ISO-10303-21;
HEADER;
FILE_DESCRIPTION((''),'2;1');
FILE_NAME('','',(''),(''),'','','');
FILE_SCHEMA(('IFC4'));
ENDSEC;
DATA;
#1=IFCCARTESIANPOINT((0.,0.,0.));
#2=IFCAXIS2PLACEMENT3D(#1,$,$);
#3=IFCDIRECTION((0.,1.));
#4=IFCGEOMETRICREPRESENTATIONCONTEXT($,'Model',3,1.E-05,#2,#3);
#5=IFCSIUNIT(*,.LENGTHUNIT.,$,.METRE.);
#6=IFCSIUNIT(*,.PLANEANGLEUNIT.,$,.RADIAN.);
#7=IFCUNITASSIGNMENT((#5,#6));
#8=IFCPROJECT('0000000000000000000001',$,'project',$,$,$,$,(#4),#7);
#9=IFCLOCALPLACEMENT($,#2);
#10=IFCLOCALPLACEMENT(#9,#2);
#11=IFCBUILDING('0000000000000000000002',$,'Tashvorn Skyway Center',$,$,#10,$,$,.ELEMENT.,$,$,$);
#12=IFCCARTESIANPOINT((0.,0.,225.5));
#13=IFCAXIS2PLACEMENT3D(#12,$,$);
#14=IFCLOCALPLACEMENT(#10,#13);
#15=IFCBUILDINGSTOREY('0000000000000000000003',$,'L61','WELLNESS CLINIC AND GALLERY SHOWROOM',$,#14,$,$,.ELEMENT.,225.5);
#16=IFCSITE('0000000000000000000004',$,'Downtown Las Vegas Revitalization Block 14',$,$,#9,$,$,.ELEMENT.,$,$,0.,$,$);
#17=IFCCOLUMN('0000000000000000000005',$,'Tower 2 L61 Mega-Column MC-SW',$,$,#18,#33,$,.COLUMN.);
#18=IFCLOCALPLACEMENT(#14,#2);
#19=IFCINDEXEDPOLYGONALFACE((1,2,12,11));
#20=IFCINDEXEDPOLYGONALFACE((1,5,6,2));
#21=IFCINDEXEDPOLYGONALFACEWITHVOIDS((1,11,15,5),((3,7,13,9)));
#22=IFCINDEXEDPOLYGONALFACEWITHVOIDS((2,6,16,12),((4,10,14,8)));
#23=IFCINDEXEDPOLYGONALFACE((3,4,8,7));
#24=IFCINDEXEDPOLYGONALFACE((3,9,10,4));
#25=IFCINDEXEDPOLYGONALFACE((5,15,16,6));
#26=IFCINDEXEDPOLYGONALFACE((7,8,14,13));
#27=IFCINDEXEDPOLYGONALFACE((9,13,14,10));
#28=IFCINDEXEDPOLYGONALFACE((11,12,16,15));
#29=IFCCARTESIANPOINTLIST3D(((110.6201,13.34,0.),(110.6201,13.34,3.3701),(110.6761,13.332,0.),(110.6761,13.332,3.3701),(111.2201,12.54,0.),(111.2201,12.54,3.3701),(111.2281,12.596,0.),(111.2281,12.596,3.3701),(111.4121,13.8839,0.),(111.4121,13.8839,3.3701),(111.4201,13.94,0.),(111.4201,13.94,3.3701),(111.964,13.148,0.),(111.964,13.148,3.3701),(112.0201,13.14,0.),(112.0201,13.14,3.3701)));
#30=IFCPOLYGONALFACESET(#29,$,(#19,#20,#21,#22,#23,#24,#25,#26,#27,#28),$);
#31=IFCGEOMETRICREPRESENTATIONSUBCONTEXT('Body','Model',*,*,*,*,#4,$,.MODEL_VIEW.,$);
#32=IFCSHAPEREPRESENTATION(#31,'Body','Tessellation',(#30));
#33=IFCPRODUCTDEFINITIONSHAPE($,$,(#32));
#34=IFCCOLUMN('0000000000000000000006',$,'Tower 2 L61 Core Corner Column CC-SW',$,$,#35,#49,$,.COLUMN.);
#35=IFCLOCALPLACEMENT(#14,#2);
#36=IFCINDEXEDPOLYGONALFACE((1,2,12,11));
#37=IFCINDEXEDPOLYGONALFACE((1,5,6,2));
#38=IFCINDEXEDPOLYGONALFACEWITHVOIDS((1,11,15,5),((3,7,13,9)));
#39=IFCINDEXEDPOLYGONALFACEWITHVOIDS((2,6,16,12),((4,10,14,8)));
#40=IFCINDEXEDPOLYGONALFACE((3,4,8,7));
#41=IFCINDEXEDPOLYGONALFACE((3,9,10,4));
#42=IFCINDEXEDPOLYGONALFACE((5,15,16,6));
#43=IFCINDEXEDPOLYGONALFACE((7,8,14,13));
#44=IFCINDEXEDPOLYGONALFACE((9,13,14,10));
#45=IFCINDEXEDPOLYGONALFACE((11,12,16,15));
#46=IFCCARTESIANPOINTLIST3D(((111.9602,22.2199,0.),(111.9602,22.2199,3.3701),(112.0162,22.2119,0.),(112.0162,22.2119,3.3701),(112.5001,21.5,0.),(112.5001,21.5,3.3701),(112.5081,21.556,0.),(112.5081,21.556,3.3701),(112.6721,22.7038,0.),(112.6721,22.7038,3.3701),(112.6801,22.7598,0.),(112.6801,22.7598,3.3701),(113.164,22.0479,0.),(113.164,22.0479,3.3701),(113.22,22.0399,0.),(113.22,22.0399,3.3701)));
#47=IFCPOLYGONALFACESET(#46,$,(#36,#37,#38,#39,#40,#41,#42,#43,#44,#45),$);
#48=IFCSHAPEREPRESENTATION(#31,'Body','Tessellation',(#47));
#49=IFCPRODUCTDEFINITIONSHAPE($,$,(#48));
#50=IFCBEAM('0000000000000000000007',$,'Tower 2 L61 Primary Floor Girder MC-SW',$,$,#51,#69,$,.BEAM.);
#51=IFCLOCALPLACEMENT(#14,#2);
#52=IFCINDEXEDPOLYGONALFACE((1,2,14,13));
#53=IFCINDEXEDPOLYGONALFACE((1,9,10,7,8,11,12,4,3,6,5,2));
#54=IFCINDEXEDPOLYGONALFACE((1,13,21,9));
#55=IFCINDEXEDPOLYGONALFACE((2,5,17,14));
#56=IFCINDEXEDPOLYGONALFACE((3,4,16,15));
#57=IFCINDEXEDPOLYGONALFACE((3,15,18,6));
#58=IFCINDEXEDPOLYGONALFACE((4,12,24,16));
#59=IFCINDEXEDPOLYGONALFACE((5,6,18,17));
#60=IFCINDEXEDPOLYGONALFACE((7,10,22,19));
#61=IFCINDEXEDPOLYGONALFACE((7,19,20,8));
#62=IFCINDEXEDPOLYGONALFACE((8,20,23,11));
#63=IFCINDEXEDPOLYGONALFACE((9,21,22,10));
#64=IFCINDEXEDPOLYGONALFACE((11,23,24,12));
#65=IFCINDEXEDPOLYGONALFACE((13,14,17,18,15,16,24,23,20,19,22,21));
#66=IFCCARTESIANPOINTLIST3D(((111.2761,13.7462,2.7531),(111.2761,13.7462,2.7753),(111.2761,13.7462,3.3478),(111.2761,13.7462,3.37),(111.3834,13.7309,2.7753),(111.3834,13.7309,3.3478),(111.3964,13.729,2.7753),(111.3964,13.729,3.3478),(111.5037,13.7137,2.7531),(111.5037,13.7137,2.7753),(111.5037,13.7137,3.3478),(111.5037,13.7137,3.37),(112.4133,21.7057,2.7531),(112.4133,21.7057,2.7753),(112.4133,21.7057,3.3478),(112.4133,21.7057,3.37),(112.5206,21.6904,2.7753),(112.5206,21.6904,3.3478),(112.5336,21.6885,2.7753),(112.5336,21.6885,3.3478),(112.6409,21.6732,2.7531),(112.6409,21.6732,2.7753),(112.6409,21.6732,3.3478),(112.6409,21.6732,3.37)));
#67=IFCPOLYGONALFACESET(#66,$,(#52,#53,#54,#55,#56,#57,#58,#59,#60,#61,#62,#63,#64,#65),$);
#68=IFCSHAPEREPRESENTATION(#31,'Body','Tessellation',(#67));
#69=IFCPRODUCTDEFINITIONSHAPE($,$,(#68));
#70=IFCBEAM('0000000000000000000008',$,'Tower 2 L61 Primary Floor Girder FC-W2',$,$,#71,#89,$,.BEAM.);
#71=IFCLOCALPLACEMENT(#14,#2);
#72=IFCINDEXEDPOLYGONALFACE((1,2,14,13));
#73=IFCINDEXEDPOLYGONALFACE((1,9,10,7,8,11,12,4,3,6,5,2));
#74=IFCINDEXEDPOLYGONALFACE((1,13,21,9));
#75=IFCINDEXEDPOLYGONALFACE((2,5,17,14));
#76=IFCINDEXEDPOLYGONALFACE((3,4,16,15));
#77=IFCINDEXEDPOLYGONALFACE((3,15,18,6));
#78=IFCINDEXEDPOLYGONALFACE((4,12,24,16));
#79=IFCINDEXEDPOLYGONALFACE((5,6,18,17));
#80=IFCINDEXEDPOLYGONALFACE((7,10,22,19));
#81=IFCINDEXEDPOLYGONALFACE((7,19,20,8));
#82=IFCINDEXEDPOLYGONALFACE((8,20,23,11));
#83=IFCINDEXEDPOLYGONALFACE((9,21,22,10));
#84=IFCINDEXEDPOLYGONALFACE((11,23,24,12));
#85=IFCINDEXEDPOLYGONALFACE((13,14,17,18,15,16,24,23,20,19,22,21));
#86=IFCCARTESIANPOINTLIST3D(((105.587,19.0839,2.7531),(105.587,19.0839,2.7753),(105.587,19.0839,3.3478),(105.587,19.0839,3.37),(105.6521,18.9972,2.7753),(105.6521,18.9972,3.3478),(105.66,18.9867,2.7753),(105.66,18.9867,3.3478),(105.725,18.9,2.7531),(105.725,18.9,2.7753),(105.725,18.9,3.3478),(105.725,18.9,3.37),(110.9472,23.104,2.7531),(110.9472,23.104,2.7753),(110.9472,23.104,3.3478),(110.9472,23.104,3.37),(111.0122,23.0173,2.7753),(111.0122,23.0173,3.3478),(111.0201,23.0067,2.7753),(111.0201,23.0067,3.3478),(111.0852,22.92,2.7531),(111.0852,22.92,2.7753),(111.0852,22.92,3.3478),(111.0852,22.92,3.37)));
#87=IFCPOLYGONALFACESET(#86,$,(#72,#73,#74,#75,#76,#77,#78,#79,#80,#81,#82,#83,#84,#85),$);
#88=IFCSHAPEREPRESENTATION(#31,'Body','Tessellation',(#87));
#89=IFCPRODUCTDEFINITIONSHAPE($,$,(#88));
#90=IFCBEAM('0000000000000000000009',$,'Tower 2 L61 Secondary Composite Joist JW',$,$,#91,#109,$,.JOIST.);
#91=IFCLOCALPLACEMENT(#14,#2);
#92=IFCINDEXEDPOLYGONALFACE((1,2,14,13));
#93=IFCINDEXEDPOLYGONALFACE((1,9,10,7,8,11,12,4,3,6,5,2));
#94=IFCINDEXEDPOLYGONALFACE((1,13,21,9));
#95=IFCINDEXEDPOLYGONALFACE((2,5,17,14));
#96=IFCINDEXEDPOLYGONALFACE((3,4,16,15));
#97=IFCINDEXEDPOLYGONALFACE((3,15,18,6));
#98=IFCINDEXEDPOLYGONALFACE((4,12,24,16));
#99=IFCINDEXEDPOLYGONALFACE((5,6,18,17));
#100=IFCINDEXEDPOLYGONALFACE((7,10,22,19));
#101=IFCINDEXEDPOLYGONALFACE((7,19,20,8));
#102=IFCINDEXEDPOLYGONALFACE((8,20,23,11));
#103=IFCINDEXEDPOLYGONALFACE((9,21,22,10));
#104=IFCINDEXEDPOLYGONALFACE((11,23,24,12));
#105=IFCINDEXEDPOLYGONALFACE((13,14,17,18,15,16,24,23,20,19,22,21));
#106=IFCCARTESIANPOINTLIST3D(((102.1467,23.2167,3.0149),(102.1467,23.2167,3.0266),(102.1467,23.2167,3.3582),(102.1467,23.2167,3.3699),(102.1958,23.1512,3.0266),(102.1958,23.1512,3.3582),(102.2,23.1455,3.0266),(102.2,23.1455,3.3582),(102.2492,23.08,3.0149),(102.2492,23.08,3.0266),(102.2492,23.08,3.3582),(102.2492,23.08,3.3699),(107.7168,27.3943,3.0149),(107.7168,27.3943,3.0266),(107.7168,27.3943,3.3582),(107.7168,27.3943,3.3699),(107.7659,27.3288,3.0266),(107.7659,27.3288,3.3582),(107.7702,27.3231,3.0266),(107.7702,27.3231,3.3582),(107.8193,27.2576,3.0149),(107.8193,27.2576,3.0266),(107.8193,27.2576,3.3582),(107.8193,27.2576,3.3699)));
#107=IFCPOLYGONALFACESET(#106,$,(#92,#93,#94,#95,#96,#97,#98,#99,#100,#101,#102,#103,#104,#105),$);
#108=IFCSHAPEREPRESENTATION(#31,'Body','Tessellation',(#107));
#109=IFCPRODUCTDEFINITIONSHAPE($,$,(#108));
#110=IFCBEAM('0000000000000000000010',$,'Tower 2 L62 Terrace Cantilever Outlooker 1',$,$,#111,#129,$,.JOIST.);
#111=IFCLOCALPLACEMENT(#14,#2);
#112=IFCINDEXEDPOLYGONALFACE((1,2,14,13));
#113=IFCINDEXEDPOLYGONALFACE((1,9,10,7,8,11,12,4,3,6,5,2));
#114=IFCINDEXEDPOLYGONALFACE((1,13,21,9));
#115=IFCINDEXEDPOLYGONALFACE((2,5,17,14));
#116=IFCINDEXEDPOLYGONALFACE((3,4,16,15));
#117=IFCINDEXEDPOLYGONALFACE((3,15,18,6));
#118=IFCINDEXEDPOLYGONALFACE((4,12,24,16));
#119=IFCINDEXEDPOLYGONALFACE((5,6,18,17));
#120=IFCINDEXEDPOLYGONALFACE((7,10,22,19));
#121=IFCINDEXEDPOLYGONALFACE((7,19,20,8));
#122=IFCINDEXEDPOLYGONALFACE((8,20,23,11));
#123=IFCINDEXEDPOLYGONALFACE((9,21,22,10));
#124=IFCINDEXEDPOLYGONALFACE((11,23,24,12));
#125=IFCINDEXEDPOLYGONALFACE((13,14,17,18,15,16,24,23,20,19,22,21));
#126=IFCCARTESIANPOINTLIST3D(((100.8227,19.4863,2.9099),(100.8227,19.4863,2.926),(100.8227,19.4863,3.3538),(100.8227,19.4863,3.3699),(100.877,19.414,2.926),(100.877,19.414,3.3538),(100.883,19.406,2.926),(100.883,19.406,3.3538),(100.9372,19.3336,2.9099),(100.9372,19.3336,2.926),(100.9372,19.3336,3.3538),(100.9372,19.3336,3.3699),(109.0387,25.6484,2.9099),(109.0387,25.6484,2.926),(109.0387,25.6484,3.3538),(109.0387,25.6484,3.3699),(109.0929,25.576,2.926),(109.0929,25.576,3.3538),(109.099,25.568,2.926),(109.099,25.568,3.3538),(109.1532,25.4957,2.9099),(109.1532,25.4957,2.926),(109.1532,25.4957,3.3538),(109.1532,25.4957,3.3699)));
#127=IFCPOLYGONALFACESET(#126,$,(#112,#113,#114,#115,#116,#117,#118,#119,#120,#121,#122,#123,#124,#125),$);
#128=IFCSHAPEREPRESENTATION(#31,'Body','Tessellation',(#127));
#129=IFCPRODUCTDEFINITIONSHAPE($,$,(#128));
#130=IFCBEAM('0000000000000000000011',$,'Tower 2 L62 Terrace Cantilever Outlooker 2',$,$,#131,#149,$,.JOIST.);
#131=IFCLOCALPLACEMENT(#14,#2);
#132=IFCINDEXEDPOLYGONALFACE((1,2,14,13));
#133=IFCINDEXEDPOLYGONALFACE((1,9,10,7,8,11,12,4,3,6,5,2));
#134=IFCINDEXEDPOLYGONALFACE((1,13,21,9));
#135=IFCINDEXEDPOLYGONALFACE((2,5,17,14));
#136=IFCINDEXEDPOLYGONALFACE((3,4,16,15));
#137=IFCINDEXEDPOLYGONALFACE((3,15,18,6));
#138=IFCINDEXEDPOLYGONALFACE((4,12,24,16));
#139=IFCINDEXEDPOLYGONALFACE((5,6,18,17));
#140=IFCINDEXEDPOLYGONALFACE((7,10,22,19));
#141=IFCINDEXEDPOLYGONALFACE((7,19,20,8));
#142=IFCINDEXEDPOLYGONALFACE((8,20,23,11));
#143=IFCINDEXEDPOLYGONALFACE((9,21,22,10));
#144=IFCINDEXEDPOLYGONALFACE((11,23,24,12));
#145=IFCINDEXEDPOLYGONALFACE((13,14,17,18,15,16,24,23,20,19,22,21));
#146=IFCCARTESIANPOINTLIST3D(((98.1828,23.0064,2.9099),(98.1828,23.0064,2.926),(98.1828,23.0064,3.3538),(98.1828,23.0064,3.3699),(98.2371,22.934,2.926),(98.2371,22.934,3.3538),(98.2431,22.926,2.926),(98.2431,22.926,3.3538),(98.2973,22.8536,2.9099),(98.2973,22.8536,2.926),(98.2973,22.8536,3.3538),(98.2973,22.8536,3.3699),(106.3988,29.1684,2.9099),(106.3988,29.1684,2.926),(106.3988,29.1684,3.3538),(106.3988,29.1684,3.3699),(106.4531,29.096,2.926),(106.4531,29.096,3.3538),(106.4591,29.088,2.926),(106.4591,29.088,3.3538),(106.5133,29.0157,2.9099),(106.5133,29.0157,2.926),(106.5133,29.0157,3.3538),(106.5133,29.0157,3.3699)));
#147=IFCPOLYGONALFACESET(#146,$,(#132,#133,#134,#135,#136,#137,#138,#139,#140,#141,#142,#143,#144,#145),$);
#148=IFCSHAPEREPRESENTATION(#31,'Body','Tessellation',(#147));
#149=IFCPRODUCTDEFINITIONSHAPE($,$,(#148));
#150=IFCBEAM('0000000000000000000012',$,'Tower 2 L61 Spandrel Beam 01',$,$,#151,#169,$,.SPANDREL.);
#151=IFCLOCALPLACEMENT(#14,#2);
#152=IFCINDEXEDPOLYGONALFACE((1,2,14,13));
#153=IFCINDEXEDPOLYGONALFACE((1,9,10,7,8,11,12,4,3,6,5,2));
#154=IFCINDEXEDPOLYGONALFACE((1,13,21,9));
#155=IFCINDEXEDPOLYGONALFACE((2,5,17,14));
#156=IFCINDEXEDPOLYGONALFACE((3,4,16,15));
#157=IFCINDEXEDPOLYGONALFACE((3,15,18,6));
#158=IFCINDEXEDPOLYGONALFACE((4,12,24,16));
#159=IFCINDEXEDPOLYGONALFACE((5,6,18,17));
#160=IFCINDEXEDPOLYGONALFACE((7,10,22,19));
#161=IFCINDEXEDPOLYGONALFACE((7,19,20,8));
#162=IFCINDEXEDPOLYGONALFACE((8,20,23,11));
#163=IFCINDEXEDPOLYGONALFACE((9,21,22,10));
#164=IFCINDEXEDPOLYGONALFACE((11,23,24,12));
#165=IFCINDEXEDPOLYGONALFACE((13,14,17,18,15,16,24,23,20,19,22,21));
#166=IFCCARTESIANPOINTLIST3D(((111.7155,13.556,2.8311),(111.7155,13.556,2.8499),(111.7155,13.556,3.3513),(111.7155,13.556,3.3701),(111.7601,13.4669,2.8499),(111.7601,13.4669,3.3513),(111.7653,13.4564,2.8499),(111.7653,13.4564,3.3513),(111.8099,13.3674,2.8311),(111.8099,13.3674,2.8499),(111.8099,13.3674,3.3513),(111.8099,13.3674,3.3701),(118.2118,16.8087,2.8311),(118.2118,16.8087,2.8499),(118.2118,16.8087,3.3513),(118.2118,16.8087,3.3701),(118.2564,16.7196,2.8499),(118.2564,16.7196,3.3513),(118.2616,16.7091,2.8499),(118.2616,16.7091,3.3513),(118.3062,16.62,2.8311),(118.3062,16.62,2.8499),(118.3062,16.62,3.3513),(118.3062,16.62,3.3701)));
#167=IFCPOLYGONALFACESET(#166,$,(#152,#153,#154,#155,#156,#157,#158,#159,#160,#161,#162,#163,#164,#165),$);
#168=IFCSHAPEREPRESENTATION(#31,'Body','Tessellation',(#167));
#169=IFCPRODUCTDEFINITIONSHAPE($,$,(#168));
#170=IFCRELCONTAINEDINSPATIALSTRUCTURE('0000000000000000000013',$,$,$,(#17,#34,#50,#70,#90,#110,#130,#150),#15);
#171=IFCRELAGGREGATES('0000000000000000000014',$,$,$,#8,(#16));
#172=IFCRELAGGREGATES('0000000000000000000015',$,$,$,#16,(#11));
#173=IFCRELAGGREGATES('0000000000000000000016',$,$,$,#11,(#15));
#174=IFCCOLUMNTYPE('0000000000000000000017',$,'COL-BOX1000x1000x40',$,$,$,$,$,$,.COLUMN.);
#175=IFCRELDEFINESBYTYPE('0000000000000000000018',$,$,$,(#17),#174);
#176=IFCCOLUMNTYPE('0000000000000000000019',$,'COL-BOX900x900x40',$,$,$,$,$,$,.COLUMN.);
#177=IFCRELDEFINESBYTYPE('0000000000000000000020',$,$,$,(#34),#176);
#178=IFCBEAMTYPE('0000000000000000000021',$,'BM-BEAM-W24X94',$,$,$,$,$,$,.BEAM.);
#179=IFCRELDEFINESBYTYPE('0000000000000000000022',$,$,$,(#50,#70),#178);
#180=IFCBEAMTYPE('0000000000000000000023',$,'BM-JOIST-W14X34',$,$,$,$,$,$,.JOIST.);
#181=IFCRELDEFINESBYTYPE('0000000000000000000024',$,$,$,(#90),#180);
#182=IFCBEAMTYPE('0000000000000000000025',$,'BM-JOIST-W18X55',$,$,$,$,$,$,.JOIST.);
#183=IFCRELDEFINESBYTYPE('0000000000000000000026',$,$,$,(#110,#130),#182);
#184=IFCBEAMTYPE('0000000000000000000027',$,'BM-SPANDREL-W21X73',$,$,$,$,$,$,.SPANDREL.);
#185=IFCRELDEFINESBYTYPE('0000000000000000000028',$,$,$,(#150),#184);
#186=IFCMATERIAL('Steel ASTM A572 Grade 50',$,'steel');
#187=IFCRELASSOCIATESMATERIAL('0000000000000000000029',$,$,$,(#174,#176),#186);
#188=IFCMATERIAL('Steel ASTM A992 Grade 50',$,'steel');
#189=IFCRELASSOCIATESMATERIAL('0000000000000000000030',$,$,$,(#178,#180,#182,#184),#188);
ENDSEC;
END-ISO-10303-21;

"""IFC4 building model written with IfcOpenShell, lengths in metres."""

from ifc_helpers import new_model, si_unit, direction, frame, origin, origin_2d, place, context, subcontext, project, spatial, hollow_rectangle, i_section, extrude, material, material_profile, profile_set, type_object, element, save


model = new_model("IFC4")

# Units and contexts
model_context = context("Model", 3, precision=1e-05, world=origin(), true_north=direction((0.0, 1.0)))
body_context = subcontext(model_context, "Body", "Model", "MODEL_VIEW")
ifc_project = project(units=[si_unit("LENGTHUNIT", "METRE"), si_unit("PLANEANGLEUNIT", "RADIAN")], contexts=[model_context])

# Site, building, storey
site_placement = place(None, origin())
site = spatial("IfcSite", under=ifc_project, at=site_placement, Name="Downtown Las Vegas Revitalization Block 14", CompositionType="ELEMENT", RefElevation=0.0)
building_placement = place(site_placement, origin())
building = spatial("IfcBuilding", under=site, at=building_placement, Name="Tashvorn Skyway Center", CompositionType="ELEMENT")
storey_placement = place(building_placement, frame((0.0, 0.0, 225.5)))
storey = spatial("IfcBuildingStorey", under=building, at=storey_placement, Name="L61", Description="WELLNESS CLINIC AND GALLERY SHOWROOM", CompositionType="ELEMENT", Elevation=225.5)

# Columns
ifc_material_1 = material(Name="Steel ASTM A572 Grade 50", Category="steel")
ifc_material_profile_1 = material_profile(ifc_material_1, hollow_rectangle(XDim=1.0, YDim=1.0, WallThickness=0.04, at=origin_2d()), Name="BOX1000x1000x40")
ifc_profile_set_1 = profile_set([ifc_material_profile_1], Name="Steel ASTM A572 Grade 50")
column_type_1 = type_object("IfcColumnType", Name="COL-BOX1000x1000x40", PredefinedType="COLUMN", material=ifc_profile_set_1)
column_1_placement = place(storey_placement, frame((111.3201, 13.24, 0.0), z_axis=(0.0, 0.0, 1.0), x_axis=(0.8, 0.6, 0.0)))
element("IfcColumn", 1, at=column_1_placement, inside=storey, type_object=column_type_1, Name="Tower 2 L61 Mega-Column MC-SW", PredefinedType="COLUMN", context=body_context, shape_type="SweptSolid", body=[
    extrude(hollow_rectangle(XDim=1.0, YDim=1.0, WallThickness=0.04, at=origin_2d()), origin(), (0.0, 0.0, 1.0), 3.3701),
])
ifc_material_profile_2 = material_profile(ifc_material_1, hollow_rectangle(XDim=0.8999, YDim=0.8999, WallThickness=0.04, at=origin_2d()), Name="BOX900x900x40")
ifc_profile_set_2 = profile_set([ifc_material_profile_2], Name="Steel ASTM A572 Grade 50")
column_type_2 = type_object("IfcColumnType", Name="COL-BOX900x900x40", PredefinedType="COLUMN", material=ifc_profile_set_2)
column_2_placement = place(storey_placement, frame((112.5901, 22.1299, 0.0), z_axis=(0.0, 0.0, 1.0), x_axis=(0.8, 0.6, 0.0)))
element("IfcColumn", 2, at=column_2_placement, inside=storey, type_object=column_type_2, Name="Tower 2 L61 Core Corner Column CC-SW", PredefinedType="COLUMN", context=body_context, shape_type="SweptSolid", body=[
    extrude(hollow_rectangle(XDim=0.8999, YDim=0.8999, WallThickness=0.04, at=origin_2d()), origin(), (0.0, 0.0, 1.0), 3.3701),
])

# Beams
ifc_material_2 = material(Name="Steel ASTM A992 Grade 50", Category="steel")
ifc_material_profile_3 = material_profile(ifc_material_2, i_section(OverallWidth=0.23, OverallDepth=0.6169, WebThickness=0.0132, FlangeThickness=0.0222, at=origin_2d()), Name="W24X94")
ifc_profile_set_3 = profile_set([ifc_material_profile_3], Name="Steel ASTM A992 Grade 50")
beam_type_1 = type_object("IfcBeamType", Name="BM-BEAM-W24X94", PredefinedType="BEAM", material=ifc_profile_set_3)
beam_1_placement = place(storey_placement, frame((111.3899, 13.73, 3.0615), z_axis=(0.141438, 0.989947, 0.0), x_axis=(-0.989947, 0.141438, 0.0)))
element("IfcBeam", 3, at=beam_1_placement, inside=storey, type_object=beam_type_1, Name="Tower 2 L61 Primary Floor Girder MC-SW", PredefinedType="BEAM", context=body_context, shape_type="SweptSolid", body=[
    extrude(i_section(OverallWidth=0.23, OverallDepth=0.6169, WebThickness=0.0132, FlangeThickness=0.0222, at=origin_2d()), origin(), (0.0, 0.0, 1.0), 8.0403),
])
beam_2_placement = place(storey_placement, frame((105.656, 18.9919, 3.0615), z_axis=(0.800004, 0.599994, 0.0), x_axis=(-0.599994, 0.800004, 0.0)))
element("IfcBeam", 4, at=beam_2_placement, inside=storey, type_object=beam_type_1, Name="Tower 2 L61 Primary Floor Girder FC-W2", PredefinedType="BEAM", context=body_context, shape_type="SweptSolid", body=[
    extrude(i_section(OverallWidth=0.23, OverallDepth=0.6169, WebThickness=0.0132, FlangeThickness=0.0222, at=origin_2d()), origin(), (0.0, 0.0, 1.0), 6.7002),
])
ifc_material_profile_4 = material_profile(ifc_material_2, i_section(OverallWidth=0.1709, OverallDepth=0.355, WebThickness=0.0071, FlangeThickness=0.0117, at=origin_2d()), Name="W14X34")
ifc_profile_set_4 = profile_set([ifc_material_profile_4], Name="Steel ASTM A992 Grade 50")
beam_type_2 = type_object("IfcBeamType", Name="BM-JOIST-W14X34", PredefinedType="JOIST", material=ifc_profile_set_4)
beam_3_placement = place(storey_placement, frame((107.7681, 27.3259, 3.1924), z_axis=(-0.800004, -0.599994, 0.0), x_axis=(0.599994, -0.800004, 0.0)))
element("IfcBeam", 5, at=beam_3_placement, inside=storey, type_object=beam_type_2, Name="Tower 2 L61 Secondary Composite Joist JW", PredefinedType="JOIST", context=body_context, shape_type="SweptSolid", body=[
    extrude(i_section(OverallWidth=0.1709, OverallDepth=0.355, WebThickness=0.0071, FlangeThickness=0.0117, at=origin_2d()), origin(), (0.0, 0.0, 1.0), 6.9626),
])
ifc_material_profile_5 = material_profile(ifc_material_2, i_section(OverallWidth=0.1909, OverallDepth=0.46, WebThickness=0.01, FlangeThickness=0.0161, at=origin_2d()), Name="W18X55")
ifc_profile_set_5 = profile_set([ifc_material_profile_5], Name="Steel ASTM A992 Grade 50")
beam_type_3 = type_object("IfcBeamType", Name="BM-JOIST-W18X55", PredefinedType="JOIST", material=ifc_profile_set_5)
for number, where, z_axis, x_axis, name in (
    (6, (109.0959, 25.572, 3.1399), (-0.799997, -0.600004, 0.0), (0.600004, -0.799997, 0.0), "Tower 2 L62 Terrace Cantilever Outlooker 1"),
    (7, (106.4561, 29.092, 3.1399), (-0.799997, -0.600004, 0.0), (0.600004, -0.799997, 0.0), "Tower 2 L62 Terrace Cantilever Outlooker 2"),
):
    element("IfcBeam", number, at=place(storey_placement, frame(where, z_axis=z_axis, x_axis=x_axis)), inside=storey, type_object=beam_type_3, Name=name, PredefinedType="JOIST", context=body_context, shape_type="SweptSolid", body=[
        extrude(i_section(OverallWidth=0.1909, OverallDepth=0.46, WebThickness=0.01, FlangeThickness=0.0161, at=origin_2d()), origin(), (0.0, 0.0, 1.0), 10.27),
    ])
ifc_material_profile_6 = material_profile(ifc_material_2, i_section(OverallWidth=0.2109, OverallDepth=0.5391, WebThickness=0.0117, FlangeThickness=0.0188, at=origin_2d()), Name="W21X73")
ifc_profile_set_6 = profile_set([ifc_material_profile_6], Name="Steel ASTM A992 Grade 50")
beam_type_4 = type_object("IfcBeamType", Name="BM-SPANDREL-W21X73", PredefinedType="SPANDREL", material=ifc_profile_set_6)
for number, where, z_axis, x_axis, name in (
    (8, (111.7627, 13.4617, 3.1006), (0.894178, 0.447711, 0.0), (-0.447711, 0.894178, 0.0), "Tower 2 L61 Spandrel Beam 01"),
):
    element("IfcBeam", number, at=place(storey_placement, frame(where, z_axis=z_axis, x_axis=x_axis)), inside=storey, type_object=beam_type_4, Name=name, PredefinedType="SPANDREL", context=body_context, shape_type="SweptSolid", body=[
        extrude(i_section(OverallWidth=0.2109, OverallDepth=0.5391, WebThickness=0.0117, FlangeThickness=0.0188, at=origin_2d()), origin(), (0.0, 0.0, 1.0), 7.2651),
    ])

save(model, "model.ifc")
